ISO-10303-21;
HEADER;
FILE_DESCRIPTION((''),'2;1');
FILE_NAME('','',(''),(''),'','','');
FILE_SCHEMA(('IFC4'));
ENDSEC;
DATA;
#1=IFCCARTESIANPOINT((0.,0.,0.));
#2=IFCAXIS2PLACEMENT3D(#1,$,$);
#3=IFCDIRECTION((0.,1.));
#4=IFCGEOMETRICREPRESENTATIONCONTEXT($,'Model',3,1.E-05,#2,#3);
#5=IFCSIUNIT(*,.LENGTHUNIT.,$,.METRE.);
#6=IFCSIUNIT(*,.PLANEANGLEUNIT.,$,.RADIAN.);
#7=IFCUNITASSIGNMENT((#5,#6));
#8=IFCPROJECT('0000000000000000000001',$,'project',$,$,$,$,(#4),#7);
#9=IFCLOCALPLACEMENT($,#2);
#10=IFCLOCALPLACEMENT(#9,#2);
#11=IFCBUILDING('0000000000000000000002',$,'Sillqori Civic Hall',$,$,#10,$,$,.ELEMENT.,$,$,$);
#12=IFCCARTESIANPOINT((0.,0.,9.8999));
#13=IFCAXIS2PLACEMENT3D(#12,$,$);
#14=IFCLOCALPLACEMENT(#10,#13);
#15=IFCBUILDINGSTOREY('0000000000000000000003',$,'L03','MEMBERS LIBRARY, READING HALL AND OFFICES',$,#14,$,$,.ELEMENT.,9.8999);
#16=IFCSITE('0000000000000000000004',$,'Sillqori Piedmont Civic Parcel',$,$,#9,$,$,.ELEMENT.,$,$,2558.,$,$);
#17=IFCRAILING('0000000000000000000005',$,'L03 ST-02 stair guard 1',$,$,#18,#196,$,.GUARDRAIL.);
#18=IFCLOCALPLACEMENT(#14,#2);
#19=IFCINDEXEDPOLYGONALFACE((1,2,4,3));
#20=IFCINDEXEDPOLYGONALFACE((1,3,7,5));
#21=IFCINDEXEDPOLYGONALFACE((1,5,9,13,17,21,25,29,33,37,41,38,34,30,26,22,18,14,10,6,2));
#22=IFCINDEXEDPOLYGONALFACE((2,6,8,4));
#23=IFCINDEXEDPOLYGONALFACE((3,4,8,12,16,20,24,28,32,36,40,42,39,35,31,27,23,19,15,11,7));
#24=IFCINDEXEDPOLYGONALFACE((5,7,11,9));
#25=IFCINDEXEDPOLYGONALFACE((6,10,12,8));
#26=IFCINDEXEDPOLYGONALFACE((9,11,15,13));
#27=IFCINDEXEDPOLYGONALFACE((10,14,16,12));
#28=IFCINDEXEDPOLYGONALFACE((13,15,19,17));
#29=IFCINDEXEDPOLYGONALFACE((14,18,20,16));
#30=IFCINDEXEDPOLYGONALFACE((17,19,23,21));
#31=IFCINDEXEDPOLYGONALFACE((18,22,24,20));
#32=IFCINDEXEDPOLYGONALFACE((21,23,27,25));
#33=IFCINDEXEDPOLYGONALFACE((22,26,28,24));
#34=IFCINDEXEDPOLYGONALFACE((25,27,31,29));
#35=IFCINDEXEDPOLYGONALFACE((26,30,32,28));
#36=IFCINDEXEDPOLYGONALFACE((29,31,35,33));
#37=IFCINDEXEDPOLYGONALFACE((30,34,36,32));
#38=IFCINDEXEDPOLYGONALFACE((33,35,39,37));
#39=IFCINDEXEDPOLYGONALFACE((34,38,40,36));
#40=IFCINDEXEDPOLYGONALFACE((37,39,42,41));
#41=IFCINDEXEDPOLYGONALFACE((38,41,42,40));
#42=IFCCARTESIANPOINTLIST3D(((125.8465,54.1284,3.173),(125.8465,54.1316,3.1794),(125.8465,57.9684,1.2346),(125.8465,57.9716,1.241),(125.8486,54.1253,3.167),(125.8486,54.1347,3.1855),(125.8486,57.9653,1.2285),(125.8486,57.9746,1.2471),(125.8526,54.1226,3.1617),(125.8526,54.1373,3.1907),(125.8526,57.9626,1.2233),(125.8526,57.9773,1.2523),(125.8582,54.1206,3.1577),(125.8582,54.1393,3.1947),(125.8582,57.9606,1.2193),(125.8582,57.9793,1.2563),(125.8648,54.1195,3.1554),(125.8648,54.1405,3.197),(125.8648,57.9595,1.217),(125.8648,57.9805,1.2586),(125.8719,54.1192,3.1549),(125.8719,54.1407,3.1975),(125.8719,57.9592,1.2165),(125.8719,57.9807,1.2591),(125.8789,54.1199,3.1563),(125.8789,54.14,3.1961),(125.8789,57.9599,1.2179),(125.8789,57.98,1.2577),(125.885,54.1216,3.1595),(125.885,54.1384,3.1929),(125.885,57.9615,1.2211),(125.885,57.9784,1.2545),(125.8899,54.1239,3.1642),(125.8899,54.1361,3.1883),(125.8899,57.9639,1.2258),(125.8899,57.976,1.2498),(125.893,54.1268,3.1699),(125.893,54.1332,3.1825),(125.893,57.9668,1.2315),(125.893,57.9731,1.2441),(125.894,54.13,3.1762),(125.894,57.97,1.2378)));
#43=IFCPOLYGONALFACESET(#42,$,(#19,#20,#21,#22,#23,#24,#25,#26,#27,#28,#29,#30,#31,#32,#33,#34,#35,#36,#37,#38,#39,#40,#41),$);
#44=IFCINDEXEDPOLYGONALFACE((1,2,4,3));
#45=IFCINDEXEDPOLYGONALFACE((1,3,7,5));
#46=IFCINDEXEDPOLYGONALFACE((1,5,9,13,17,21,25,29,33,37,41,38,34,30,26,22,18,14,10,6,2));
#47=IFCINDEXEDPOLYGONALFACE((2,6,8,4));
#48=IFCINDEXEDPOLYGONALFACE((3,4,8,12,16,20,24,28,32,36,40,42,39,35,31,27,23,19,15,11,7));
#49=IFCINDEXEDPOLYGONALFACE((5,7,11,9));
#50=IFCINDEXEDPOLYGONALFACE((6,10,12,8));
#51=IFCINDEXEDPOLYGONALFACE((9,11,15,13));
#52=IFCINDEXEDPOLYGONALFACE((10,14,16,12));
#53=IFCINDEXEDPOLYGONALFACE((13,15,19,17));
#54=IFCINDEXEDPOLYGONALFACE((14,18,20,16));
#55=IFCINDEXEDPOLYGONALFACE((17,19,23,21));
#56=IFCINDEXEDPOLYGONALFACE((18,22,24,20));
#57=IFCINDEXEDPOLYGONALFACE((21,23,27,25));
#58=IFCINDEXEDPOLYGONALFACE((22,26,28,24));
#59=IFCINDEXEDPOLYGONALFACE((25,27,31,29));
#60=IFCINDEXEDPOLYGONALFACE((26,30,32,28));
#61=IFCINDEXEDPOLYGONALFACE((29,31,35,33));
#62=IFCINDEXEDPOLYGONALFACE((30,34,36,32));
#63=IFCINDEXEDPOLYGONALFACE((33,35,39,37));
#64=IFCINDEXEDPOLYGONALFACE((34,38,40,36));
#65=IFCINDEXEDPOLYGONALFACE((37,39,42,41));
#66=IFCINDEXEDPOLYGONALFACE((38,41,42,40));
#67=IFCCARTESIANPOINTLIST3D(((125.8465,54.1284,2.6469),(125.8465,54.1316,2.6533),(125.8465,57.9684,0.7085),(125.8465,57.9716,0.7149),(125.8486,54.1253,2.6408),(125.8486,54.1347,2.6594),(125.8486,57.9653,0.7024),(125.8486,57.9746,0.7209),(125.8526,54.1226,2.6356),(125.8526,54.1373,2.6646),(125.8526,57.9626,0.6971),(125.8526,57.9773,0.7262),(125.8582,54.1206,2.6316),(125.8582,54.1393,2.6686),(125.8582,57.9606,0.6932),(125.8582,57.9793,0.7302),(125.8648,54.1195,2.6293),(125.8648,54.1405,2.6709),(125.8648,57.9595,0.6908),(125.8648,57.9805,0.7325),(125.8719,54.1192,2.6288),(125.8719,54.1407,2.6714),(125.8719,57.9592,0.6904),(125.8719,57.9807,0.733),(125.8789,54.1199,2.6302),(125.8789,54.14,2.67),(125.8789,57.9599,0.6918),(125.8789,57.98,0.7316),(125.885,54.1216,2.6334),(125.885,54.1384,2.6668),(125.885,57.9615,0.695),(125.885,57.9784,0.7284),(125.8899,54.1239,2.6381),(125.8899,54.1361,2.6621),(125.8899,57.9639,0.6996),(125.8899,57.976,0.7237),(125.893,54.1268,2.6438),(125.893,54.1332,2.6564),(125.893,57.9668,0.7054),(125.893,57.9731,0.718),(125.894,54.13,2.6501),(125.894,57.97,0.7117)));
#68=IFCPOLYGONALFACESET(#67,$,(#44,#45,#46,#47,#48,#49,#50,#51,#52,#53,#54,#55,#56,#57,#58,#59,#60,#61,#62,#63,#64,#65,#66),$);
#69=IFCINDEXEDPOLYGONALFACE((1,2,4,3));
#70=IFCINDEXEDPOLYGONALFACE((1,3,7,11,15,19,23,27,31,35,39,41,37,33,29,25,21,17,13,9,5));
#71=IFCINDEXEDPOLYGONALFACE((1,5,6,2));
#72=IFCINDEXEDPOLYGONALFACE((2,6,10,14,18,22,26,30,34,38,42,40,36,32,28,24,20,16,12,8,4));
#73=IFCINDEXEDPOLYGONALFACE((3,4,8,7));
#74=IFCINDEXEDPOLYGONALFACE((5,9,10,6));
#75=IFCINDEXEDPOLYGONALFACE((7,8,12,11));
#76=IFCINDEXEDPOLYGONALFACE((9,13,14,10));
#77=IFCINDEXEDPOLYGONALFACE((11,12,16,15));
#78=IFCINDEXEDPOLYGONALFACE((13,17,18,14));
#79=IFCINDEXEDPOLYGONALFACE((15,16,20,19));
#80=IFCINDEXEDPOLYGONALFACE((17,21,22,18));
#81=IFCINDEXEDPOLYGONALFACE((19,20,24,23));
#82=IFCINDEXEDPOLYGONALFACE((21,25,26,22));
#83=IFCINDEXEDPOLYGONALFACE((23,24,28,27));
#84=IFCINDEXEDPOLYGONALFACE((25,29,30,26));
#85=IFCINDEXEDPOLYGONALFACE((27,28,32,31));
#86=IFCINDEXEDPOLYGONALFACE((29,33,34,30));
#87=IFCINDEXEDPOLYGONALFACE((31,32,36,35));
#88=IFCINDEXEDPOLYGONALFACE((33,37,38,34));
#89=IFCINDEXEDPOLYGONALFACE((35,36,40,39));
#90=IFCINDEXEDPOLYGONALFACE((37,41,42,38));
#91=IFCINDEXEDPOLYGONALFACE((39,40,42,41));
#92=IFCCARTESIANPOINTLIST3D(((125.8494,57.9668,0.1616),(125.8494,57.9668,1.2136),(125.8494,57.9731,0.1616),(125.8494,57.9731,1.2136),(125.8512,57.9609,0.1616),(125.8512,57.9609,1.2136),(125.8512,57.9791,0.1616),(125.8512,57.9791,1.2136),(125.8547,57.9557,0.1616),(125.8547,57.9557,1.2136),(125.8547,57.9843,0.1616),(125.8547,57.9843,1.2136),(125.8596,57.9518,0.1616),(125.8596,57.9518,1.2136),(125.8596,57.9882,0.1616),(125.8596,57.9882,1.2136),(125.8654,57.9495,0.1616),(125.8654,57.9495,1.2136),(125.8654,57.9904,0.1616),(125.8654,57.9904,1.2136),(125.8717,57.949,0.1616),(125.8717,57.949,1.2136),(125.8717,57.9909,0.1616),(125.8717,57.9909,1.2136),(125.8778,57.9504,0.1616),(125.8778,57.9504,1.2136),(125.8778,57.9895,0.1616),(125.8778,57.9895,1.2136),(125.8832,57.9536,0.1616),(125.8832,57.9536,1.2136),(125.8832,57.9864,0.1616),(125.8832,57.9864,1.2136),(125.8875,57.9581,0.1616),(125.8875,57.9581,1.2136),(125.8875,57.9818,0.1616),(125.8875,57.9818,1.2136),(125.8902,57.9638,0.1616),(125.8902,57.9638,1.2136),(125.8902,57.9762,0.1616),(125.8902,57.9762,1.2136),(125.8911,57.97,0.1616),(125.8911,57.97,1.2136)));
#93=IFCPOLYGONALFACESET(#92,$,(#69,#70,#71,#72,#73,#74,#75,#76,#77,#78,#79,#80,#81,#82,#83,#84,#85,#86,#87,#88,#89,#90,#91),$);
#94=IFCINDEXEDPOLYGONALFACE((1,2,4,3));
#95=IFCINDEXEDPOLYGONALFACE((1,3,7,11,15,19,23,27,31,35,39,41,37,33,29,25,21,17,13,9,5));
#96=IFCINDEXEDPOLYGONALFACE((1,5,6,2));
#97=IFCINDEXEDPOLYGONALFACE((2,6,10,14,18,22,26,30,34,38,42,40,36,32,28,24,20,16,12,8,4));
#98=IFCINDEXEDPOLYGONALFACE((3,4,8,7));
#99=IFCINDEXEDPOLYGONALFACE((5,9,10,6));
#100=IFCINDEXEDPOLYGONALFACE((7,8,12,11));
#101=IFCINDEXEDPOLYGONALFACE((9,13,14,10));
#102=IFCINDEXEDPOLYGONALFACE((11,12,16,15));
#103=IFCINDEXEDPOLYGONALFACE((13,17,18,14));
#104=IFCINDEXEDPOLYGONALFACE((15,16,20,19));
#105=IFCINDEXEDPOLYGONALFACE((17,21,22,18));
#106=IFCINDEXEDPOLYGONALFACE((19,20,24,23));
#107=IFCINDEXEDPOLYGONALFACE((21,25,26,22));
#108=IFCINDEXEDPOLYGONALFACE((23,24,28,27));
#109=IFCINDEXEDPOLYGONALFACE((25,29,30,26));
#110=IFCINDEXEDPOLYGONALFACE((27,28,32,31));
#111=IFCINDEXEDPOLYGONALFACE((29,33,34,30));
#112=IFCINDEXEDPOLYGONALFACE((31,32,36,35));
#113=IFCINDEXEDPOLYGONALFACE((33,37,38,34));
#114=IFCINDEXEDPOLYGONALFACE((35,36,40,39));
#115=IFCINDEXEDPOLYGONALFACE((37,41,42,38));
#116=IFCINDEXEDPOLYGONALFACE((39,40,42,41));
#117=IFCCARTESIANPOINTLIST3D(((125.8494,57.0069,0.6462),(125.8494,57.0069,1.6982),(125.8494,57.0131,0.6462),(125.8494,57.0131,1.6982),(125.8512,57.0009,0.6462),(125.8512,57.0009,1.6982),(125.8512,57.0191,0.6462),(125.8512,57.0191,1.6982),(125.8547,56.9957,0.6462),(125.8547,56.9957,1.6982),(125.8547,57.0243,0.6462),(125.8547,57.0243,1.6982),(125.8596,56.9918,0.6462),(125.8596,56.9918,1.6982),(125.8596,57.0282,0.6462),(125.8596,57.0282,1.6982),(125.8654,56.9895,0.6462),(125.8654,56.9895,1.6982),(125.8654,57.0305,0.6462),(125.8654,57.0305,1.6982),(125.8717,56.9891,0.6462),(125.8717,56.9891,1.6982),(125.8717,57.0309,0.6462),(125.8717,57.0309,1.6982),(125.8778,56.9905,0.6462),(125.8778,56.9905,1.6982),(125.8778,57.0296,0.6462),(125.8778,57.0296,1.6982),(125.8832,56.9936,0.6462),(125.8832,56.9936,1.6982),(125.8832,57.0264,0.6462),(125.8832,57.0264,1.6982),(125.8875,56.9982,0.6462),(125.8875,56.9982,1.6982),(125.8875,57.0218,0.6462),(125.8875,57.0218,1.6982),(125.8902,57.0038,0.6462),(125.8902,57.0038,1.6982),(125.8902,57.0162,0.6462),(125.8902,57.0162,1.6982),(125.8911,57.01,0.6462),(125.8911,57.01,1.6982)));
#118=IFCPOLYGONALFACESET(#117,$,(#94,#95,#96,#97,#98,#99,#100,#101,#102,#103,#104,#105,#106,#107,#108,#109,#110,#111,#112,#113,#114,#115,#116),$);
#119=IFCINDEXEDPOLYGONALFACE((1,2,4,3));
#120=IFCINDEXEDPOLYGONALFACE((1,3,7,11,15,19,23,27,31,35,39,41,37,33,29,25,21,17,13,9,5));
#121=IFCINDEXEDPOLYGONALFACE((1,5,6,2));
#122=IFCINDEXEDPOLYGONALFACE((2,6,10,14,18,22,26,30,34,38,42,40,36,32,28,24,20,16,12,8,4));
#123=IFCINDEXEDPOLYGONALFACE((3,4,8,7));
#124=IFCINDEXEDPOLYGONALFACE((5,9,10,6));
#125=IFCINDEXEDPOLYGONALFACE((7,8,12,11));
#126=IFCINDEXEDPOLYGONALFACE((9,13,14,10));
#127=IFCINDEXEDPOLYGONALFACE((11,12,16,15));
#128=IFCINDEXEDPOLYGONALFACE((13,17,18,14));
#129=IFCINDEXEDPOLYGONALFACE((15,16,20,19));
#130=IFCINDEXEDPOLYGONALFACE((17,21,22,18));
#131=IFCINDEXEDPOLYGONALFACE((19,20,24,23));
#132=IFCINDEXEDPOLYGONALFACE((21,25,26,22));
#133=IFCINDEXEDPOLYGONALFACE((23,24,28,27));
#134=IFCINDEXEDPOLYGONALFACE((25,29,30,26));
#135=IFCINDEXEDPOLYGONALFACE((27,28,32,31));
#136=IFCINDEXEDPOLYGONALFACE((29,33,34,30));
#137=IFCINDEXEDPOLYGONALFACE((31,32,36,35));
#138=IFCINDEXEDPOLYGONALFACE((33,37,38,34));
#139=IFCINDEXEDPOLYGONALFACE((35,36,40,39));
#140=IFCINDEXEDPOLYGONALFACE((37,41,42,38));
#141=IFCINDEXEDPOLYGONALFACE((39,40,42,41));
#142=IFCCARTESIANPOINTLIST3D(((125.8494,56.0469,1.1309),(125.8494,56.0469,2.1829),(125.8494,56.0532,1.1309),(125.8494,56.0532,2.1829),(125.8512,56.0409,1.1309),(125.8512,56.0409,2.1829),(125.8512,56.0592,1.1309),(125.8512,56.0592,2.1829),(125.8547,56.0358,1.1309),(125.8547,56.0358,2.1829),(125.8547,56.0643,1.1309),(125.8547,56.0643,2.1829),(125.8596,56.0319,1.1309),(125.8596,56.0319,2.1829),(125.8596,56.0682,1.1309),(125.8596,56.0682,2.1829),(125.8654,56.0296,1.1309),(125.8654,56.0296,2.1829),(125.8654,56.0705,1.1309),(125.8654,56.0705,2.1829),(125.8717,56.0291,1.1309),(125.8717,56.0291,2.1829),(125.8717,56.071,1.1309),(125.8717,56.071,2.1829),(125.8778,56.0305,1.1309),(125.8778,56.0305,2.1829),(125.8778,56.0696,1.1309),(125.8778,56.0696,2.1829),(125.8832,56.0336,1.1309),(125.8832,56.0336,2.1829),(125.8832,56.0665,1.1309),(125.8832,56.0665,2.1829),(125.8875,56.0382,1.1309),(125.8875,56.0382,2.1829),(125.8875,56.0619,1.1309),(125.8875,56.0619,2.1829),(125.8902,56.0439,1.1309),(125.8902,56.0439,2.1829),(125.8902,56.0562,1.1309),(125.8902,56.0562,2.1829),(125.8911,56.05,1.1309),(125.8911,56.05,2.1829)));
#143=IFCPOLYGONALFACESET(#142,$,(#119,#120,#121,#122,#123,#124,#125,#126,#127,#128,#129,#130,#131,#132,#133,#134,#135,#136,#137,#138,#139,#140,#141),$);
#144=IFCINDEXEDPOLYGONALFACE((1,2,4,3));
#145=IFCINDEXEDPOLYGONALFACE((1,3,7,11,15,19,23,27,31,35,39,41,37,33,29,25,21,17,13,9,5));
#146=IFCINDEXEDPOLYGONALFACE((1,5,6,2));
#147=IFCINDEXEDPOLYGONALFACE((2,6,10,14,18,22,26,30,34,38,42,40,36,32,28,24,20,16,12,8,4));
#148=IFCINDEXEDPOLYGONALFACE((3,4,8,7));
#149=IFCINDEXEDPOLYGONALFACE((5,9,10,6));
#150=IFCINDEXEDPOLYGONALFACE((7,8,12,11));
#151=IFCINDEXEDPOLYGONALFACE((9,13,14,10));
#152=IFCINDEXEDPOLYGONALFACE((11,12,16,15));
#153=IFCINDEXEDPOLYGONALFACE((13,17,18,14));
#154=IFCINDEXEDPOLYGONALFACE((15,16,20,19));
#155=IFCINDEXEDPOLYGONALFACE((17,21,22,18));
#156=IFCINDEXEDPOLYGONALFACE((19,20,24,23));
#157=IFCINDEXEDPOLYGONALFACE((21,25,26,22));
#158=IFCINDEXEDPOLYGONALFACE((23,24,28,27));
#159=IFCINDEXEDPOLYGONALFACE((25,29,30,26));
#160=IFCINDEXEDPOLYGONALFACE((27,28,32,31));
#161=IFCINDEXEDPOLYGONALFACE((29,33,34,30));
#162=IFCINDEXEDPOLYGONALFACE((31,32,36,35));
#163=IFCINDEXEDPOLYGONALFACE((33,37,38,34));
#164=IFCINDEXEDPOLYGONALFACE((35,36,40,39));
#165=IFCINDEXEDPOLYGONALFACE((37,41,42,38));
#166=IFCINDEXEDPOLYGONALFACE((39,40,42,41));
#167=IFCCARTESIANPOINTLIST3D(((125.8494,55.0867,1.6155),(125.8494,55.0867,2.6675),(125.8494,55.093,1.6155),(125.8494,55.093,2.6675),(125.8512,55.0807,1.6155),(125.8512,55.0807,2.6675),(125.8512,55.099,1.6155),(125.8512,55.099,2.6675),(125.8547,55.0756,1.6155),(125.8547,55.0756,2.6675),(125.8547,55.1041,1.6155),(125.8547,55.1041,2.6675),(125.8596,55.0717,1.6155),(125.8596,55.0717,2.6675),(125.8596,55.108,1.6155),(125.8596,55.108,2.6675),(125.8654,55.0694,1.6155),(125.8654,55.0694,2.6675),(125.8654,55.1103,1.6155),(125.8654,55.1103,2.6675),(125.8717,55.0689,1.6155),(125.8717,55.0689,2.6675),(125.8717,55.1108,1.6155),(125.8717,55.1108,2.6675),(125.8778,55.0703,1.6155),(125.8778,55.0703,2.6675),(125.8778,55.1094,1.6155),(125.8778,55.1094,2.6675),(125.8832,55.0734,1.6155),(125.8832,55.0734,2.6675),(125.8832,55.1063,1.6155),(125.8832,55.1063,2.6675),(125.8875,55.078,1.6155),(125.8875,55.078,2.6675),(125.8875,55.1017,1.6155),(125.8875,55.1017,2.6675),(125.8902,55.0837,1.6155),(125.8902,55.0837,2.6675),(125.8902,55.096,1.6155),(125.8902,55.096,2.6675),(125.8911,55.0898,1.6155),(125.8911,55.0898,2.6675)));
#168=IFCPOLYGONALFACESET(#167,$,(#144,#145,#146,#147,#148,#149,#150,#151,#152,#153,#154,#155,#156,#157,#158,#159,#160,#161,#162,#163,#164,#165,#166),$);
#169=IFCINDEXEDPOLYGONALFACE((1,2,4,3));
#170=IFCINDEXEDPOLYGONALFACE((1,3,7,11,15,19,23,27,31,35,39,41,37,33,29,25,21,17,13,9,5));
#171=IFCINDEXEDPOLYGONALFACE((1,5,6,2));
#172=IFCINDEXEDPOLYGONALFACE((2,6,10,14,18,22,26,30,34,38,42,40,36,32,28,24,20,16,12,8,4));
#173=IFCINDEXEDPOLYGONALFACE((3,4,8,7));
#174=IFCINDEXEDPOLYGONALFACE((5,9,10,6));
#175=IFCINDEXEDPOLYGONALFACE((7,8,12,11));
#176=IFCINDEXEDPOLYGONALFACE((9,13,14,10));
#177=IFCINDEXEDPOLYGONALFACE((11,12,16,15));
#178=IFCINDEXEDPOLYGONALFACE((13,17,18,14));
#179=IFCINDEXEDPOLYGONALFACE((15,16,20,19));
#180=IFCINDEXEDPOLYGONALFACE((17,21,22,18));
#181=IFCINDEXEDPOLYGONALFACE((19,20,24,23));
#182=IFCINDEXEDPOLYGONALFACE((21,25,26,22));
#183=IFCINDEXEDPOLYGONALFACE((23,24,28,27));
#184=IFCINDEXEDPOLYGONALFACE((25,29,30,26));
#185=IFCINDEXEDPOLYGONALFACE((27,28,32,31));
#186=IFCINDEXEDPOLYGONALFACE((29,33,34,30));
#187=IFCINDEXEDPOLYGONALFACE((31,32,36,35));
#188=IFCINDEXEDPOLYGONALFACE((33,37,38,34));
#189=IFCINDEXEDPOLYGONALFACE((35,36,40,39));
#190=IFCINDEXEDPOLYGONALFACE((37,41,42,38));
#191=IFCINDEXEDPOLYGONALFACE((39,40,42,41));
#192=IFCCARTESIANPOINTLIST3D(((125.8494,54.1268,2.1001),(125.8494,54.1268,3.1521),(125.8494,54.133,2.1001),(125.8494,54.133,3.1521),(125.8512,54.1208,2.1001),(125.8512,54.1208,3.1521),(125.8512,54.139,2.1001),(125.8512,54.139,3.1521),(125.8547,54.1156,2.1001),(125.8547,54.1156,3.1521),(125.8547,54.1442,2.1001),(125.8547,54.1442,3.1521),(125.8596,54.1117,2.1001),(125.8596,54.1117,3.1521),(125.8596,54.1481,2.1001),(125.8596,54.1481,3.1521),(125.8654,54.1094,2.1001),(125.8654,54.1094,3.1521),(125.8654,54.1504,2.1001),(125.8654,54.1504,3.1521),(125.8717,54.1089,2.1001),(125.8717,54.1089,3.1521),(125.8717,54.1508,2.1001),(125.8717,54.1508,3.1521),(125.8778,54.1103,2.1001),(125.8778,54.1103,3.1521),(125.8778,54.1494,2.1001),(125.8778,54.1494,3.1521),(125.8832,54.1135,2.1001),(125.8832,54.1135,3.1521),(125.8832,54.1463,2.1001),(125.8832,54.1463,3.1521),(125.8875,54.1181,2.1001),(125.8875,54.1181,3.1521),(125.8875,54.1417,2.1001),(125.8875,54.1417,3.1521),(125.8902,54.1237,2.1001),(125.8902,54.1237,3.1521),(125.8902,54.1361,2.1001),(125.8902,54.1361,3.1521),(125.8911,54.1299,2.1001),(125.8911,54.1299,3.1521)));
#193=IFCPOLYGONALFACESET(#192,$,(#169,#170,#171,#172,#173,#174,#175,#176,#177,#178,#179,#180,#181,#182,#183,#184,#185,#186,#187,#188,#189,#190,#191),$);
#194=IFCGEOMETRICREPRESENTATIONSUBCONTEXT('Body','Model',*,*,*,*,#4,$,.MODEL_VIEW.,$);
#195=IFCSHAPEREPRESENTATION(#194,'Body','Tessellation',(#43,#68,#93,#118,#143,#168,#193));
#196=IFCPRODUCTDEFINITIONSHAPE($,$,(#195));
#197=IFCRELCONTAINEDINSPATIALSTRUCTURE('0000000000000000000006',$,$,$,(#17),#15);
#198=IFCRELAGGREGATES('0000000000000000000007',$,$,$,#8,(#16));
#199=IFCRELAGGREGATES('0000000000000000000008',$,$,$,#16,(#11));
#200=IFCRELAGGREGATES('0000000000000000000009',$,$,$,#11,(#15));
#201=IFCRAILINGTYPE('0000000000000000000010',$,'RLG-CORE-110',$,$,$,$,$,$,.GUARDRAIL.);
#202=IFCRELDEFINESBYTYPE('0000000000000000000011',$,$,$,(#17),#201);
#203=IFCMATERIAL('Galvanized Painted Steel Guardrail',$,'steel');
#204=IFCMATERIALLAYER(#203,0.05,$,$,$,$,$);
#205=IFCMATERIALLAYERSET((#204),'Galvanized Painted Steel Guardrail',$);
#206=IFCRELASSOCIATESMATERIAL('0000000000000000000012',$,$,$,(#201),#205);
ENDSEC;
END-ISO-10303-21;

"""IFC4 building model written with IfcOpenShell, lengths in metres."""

from ifc_helpers import new_model, si_unit, direction, frame, origin, origin_2d, place, context, subcontext, project, spatial, circle, extrude, material, layer, layer_set, type_object, element, save


model = new_model("IFC4")

# Units and contexts
model_context = context("Model", 3, precision=1e-05, world=origin(), true_north=direction((0.0, 1.0)))
body_context = subcontext(model_context, "Body", "Model", "MODEL_VIEW")
ifc_project = project(units=[si_unit("LENGTHUNIT", "METRE"), si_unit("PLANEANGLEUNIT", "RADIAN")], contexts=[model_context])

# Site, building, storey
site_placement = place(None, origin())
site = spatial("IfcSite", under=ifc_project, at=site_placement, Name="Sillqori Piedmont Civic Parcel", CompositionType="ELEMENT", RefElevation=2558.0)
building_placement = place(site_placement, origin())
building = spatial("IfcBuilding", under=site, at=building_placement, Name="Sillqori Civic Hall", CompositionType="ELEMENT")
storey_placement = place(building_placement, frame((0.0, 0.0, 9.8999)))
storey = spatial("IfcBuildingStorey", under=building, at=storey_placement, Name="L03", Description="MEMBERS LIBRARY, READING HALL AND OFFICES", CompositionType="ELEMENT", Elevation=9.8999)

# Railing
ifc_material_1 = material(Name="Galvanized Painted Steel Guardrail", Category="steel")
ifc_layer_1 = layer(ifc_material_1, 0.05)
ifc_layer_set_1 = layer_set([ifc_layer_1], Name="Galvanized Painted Steel Guardrail")
railing_type_1 = type_object("IfcRailingType", Name="RLG-CORE-110", PredefinedType="GUARDRAIL", material=ifc_layer_set_1)
railing_1_placement = place(storey_placement, frame((125.8701, 57.97, 0.1616)))
element("IfcRailing", 1, at=railing_1_placement, inside=storey, type_object=railing_type_1, Name="L03 ST-02 stair guard 1", PredefinedType="GUARDRAIL", context=body_context, shape_type="SweptSolid", body=[
    extrude(circle(Radius=0.0239, at=origin_2d()), frame((0.0, 0.0, 1.0762), z_axis=(0.0, -0.892707, 0.450638), x_axis=(1.0, 0.0, 0.0)), (0.0, 0.0, 1.0), 4.3015),
    extrude(circle(Radius=0.0239, at=origin_2d()), frame((0.0, 0.0, 0.55), z_axis=(0.0, -0.892707, 0.450638), x_axis=(1.0, 0.0, 0.0)), (0.0, 0.0, 1.0), 4.3015),
    extrude(circle(Radius=0.021, at=origin_2d()), origin(), (0.0, 0.0, 1.0), 1.052),
    extrude(circle(Radius=0.021, at=origin_2d()), frame((0.0, -0.96, 0.4846)), (0.0, 0.0, 1.0), 1.052),
    extrude(circle(Radius=0.021, at=origin_2d()), frame((0.0, -1.9199, 0.9692)), (0.0, 0.0, 1.0), 1.052),
    extrude(circle(Radius=0.021, at=origin_2d()), frame((0.0, -2.8801, 1.4539)), (0.0, 0.0, 1.0), 1.052),
    extrude(circle(Radius=0.021, at=origin_2d()), frame((0.0, -3.8401, 1.9385)), (0.0, 0.0, 1.0), 1.052),
])

save(model, "model.ifc")
